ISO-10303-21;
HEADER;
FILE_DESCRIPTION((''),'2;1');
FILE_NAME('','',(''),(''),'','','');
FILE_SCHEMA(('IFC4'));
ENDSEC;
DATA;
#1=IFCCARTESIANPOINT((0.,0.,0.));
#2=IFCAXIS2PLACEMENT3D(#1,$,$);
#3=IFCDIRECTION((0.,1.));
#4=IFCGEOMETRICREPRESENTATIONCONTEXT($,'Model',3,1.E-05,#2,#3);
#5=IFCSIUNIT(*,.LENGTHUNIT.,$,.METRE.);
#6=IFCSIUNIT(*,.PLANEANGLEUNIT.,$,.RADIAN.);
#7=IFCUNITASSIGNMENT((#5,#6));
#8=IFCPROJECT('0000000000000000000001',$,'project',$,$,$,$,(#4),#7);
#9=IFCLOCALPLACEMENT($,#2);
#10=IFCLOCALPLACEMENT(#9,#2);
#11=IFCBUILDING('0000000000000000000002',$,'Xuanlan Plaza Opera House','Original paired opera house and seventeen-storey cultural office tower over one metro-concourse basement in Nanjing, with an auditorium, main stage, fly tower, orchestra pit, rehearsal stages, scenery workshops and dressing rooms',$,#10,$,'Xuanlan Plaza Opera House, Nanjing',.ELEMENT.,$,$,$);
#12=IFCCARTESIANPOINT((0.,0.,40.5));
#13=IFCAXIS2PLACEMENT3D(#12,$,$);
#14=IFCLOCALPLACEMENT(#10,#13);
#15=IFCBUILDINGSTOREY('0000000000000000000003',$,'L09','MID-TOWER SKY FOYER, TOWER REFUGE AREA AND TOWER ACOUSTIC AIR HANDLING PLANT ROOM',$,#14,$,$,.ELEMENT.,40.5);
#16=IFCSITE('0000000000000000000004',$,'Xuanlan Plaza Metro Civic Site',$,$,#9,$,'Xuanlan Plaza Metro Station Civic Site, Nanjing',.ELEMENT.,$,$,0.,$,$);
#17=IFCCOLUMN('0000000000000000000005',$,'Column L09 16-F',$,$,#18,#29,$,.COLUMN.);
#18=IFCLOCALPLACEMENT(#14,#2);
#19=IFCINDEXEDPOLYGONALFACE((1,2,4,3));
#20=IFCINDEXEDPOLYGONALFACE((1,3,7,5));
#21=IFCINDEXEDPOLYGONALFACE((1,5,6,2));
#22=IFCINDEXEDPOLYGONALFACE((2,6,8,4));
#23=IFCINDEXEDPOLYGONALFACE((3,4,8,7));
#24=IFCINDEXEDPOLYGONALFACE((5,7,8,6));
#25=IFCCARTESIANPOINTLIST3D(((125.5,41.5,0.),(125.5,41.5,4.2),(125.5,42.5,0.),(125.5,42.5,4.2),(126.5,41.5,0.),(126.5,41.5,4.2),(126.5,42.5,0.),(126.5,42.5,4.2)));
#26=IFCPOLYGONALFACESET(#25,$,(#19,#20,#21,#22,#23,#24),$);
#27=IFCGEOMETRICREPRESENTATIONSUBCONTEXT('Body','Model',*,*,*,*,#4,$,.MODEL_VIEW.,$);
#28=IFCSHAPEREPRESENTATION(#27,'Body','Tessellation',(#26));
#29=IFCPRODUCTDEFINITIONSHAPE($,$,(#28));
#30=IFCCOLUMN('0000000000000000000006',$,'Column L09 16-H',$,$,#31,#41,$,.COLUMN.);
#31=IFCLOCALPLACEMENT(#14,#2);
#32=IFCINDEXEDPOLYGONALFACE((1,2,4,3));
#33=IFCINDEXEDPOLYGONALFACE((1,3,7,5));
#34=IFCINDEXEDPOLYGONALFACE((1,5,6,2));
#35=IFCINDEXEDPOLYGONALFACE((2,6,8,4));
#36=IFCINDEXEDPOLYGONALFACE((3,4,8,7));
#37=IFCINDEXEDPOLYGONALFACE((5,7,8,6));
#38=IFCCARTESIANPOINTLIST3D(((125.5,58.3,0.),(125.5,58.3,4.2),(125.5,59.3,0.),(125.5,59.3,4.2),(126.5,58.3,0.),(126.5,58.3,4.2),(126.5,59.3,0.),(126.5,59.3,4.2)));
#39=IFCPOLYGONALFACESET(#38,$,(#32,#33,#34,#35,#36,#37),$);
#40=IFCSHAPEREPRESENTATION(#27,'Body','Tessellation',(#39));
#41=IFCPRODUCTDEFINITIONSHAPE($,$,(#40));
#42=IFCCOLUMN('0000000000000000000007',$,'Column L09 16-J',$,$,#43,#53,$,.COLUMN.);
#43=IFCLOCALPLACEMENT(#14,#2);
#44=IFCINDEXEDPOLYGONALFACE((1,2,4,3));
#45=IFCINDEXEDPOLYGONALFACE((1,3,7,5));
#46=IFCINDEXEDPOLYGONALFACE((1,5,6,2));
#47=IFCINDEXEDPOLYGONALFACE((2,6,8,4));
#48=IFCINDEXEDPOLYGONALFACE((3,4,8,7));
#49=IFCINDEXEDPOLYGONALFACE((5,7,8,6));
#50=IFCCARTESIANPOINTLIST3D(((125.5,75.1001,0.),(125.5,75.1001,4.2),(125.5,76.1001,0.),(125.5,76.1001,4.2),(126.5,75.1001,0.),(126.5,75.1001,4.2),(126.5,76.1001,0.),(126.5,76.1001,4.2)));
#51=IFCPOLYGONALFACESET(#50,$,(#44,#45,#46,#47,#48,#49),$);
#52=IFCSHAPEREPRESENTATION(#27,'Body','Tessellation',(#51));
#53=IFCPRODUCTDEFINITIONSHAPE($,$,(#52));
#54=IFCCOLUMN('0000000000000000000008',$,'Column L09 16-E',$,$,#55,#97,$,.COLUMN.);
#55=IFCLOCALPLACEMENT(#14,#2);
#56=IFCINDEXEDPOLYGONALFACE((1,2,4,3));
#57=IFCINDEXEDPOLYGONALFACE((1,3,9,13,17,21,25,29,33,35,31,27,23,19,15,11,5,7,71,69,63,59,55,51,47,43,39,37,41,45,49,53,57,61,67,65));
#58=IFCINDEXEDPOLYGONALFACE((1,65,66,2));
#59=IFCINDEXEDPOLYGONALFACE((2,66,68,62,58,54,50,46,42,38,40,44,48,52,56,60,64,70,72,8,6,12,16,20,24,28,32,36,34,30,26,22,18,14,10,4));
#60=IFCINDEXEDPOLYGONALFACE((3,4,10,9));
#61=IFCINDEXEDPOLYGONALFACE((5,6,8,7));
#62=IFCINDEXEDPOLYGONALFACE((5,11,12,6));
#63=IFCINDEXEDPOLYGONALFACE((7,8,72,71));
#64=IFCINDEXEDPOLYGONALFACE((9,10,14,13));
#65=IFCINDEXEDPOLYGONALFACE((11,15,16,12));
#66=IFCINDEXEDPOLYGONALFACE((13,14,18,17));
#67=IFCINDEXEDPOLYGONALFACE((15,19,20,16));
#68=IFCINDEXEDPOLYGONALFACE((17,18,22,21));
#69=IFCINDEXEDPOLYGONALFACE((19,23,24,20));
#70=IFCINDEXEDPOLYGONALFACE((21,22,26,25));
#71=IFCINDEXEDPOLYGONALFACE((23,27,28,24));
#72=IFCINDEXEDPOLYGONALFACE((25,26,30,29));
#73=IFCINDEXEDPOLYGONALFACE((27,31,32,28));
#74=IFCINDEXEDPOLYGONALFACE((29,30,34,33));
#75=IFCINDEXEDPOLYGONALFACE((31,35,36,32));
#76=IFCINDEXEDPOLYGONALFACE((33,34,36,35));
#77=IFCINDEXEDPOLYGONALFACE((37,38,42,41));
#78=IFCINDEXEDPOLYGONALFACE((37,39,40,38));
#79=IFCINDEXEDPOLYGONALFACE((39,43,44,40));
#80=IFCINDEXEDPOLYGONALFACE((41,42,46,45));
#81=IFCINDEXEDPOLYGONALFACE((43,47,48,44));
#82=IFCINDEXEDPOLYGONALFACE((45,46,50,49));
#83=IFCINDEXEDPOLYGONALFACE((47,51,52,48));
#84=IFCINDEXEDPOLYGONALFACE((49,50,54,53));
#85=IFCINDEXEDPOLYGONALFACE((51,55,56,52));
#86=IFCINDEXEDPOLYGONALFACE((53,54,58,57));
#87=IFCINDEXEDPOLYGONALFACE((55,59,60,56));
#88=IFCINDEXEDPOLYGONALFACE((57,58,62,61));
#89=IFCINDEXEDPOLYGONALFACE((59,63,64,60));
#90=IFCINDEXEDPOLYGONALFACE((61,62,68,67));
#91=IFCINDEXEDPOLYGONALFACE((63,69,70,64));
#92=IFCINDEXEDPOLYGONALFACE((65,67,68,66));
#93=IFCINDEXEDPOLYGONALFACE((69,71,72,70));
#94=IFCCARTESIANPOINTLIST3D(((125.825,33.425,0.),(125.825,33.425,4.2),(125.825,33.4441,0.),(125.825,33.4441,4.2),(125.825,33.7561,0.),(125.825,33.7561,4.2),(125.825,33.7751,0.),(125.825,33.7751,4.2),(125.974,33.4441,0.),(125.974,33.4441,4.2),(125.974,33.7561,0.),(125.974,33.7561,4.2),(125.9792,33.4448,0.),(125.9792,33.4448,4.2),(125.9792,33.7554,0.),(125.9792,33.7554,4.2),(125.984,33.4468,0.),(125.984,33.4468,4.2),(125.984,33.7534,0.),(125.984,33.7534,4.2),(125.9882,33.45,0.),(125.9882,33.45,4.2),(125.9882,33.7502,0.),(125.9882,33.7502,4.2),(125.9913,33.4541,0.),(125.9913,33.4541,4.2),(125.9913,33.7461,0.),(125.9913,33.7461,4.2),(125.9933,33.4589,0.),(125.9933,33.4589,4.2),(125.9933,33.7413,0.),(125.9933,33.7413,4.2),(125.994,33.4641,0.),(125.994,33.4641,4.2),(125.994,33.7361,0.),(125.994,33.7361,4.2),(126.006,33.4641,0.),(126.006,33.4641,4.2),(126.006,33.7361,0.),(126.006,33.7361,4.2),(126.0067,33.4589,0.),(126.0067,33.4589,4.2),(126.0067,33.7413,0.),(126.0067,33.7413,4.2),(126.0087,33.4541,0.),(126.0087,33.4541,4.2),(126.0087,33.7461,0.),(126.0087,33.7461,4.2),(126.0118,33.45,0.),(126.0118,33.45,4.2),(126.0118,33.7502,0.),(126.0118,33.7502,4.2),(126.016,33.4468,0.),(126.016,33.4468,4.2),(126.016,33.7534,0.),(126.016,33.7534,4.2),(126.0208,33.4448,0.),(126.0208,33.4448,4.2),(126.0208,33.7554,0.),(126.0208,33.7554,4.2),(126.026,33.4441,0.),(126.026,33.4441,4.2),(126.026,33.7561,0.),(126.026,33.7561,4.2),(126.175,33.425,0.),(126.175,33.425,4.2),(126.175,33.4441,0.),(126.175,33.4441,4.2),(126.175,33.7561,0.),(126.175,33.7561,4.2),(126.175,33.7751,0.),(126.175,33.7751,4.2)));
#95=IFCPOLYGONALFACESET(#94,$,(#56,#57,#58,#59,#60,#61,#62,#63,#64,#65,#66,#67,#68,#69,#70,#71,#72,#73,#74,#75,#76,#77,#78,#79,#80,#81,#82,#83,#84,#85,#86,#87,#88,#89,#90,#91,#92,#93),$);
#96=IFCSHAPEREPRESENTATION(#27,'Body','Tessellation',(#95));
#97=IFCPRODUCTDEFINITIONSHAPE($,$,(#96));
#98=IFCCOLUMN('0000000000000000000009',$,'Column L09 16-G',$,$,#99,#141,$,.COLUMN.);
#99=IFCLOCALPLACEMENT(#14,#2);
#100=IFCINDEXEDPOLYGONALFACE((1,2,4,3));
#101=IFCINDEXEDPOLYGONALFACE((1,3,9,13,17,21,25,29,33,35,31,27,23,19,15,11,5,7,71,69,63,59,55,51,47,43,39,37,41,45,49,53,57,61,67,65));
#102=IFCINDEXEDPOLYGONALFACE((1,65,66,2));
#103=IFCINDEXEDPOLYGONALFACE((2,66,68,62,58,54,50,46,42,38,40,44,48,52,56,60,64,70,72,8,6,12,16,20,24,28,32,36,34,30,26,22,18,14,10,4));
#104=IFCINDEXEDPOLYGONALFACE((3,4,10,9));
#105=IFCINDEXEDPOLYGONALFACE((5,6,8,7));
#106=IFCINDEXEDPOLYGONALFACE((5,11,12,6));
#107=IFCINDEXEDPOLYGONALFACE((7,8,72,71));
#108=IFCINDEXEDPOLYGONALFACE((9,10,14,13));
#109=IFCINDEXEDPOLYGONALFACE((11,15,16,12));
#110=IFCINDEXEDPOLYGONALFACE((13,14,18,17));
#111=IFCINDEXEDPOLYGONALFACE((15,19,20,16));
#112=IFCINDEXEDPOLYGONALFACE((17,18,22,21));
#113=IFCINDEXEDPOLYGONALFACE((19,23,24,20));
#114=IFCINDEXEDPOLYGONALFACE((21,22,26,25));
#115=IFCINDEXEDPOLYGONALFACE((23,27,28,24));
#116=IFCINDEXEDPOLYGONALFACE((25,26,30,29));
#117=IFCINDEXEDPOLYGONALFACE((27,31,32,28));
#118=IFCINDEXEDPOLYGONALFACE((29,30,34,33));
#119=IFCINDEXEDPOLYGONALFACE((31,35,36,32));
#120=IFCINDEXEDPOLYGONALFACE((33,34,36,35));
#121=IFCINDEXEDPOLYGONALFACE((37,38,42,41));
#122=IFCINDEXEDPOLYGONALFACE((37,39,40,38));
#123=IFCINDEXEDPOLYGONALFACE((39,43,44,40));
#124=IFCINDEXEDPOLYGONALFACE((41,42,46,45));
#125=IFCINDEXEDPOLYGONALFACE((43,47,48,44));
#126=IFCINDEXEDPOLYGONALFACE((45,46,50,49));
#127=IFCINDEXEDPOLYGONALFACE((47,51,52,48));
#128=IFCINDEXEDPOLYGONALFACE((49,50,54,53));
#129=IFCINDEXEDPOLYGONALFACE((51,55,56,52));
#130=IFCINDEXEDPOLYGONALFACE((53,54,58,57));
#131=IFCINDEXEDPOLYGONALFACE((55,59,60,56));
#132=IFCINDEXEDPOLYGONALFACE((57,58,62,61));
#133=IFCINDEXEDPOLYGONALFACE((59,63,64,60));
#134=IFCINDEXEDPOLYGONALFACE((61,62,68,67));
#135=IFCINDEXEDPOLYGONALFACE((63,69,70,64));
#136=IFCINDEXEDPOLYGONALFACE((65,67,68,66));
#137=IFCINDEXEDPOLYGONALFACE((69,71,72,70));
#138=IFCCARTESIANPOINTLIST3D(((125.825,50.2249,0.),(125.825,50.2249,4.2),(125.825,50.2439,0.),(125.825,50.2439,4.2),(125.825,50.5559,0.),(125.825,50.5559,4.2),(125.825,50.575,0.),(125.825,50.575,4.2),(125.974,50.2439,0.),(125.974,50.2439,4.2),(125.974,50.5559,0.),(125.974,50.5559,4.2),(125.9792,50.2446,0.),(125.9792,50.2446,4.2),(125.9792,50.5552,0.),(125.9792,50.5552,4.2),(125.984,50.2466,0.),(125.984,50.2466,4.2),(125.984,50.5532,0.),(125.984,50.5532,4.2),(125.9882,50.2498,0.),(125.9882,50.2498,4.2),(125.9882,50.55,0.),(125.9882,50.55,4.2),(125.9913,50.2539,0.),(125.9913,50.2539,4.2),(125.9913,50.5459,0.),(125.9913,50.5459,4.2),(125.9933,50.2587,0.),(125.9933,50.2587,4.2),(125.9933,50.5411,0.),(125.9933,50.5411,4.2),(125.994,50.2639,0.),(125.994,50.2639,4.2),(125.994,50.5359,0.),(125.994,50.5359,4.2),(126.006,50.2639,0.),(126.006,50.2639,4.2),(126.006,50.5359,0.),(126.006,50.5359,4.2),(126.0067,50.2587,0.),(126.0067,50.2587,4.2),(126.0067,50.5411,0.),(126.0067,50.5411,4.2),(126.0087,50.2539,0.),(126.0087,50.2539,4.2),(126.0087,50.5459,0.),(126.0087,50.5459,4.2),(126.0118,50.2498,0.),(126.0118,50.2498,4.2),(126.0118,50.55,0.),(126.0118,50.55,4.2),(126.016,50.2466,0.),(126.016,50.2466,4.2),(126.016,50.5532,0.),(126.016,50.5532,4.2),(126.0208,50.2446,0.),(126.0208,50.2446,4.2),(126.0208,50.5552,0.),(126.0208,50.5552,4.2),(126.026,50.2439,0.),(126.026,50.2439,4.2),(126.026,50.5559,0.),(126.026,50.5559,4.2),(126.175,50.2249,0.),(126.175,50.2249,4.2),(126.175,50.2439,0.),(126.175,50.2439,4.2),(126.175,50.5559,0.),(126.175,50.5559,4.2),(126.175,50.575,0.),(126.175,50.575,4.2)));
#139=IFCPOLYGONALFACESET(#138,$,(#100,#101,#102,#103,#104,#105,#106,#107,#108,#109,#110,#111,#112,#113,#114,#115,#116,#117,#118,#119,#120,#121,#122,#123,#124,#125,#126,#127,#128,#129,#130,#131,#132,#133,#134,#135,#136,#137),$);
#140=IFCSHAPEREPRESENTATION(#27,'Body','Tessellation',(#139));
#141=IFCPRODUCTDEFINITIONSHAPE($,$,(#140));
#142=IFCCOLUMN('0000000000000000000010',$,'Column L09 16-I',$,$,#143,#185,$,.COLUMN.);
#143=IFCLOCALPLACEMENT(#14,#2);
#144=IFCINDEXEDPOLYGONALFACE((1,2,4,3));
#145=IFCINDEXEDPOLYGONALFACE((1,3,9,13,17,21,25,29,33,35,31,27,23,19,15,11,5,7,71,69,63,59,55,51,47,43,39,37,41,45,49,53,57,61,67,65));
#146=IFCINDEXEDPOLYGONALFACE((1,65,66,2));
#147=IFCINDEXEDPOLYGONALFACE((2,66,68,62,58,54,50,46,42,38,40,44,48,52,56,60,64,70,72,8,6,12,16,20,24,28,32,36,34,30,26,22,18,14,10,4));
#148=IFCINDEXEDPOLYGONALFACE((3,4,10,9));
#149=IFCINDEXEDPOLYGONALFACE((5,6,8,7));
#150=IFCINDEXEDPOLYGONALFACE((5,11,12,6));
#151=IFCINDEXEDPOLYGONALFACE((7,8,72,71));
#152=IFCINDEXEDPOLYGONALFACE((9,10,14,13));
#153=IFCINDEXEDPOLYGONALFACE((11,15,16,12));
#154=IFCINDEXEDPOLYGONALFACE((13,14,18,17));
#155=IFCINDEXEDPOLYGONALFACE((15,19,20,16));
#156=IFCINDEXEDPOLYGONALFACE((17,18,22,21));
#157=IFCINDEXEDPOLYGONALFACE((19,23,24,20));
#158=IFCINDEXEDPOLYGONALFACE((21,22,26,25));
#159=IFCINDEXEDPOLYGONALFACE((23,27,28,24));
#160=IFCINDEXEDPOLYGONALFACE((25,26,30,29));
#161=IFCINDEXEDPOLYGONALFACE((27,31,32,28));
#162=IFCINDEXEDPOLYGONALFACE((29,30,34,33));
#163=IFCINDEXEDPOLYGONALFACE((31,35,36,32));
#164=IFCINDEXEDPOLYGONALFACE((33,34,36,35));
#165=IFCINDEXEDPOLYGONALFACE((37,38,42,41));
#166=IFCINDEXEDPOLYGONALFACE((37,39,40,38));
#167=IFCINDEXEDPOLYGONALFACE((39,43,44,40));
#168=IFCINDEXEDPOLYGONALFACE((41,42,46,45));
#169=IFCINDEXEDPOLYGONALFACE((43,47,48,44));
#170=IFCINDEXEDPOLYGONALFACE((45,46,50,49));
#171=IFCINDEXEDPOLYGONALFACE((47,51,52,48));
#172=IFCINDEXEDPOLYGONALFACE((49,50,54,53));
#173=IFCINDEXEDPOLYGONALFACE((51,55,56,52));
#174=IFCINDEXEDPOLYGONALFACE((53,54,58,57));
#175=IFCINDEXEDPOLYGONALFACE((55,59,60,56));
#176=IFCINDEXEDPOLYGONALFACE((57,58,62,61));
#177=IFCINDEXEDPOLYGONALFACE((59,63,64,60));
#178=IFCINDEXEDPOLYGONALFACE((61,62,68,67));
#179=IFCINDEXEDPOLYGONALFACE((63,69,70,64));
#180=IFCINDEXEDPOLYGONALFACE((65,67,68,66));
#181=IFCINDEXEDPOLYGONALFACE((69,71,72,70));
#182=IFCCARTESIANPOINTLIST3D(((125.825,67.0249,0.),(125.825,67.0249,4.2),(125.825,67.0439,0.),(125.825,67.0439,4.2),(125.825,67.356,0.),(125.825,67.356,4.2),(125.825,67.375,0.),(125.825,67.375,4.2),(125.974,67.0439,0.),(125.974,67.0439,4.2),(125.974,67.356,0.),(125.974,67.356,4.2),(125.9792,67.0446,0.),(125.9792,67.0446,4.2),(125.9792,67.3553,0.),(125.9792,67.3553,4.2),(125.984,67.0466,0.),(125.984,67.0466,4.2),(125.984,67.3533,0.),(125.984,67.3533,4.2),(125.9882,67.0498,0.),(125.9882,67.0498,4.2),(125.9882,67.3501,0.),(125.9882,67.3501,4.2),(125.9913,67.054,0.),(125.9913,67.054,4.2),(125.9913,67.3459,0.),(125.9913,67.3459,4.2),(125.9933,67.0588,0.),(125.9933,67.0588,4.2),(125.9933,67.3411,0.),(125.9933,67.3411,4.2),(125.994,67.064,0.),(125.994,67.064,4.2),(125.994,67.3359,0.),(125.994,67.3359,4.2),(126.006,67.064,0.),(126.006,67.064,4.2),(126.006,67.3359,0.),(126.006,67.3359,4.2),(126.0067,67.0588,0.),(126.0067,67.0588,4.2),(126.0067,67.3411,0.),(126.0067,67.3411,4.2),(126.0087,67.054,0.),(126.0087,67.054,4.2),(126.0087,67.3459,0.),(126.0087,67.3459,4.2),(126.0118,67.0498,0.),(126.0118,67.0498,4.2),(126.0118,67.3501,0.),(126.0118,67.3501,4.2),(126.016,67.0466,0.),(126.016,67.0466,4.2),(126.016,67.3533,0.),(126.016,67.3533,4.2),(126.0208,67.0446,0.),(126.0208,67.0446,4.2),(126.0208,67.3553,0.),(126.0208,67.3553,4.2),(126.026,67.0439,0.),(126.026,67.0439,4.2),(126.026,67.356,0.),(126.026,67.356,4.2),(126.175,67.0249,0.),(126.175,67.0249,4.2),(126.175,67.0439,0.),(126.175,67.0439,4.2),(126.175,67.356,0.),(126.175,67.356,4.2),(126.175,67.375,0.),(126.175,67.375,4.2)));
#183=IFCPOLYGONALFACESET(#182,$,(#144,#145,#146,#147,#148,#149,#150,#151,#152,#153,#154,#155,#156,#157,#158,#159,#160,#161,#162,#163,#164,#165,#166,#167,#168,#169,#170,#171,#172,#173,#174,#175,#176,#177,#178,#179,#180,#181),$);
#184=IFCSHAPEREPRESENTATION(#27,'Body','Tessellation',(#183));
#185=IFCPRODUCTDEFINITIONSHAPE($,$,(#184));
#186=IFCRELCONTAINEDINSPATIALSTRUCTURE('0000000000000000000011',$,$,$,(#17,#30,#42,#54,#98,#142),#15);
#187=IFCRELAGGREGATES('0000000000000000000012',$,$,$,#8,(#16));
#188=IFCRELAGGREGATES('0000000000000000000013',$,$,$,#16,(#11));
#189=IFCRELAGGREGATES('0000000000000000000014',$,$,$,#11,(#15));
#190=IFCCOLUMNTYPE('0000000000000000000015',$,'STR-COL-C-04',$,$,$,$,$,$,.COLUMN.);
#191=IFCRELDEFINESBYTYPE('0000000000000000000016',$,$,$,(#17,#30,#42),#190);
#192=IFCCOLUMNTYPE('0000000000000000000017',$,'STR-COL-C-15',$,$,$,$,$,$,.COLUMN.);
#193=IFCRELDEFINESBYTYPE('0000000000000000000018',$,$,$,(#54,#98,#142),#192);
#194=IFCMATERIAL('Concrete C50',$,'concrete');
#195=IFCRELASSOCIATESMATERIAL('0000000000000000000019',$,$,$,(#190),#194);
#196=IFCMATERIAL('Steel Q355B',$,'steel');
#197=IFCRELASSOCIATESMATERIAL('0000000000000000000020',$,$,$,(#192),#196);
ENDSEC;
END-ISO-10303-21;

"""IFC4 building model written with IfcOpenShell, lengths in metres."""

from ifc_helpers import new_model, si_unit, direction, frame, origin, origin_2d, place, context, subcontext, project, spatial, rectangle, i_section, extrude, material, material_profile, profile_set, type_object, element, save


model = new_model("IFC4")

# Units and contexts
model_context = context("Model", 3, precision=1e-05, world=origin(), true_north=direction((0.0, 1.0)))
body_context = subcontext(model_context, "Body", "Model", "MODEL_VIEW")
ifc_project = project(units=[si_unit("LENGTHUNIT", "METRE"), si_unit("PLANEANGLEUNIT", "RADIAN")], contexts=[model_context])

# Site, building, storey
site_placement = place(None, origin())
site = spatial("IfcSite", under=ifc_project, at=site_placement, Name="Xuanlan Plaza Metro Civic Site", LongName="Xuanlan Plaza Metro Station Civic Site, Nanjing", CompositionType="ELEMENT", RefElevation=0.0)
building_placement = place(site_placement, origin())
building = spatial("IfcBuilding", under=site, at=building_placement, Name="Xuanlan Plaza Opera House", Description="Original paired opera house and seventeen-storey cultural office tower over one metro-concourse basement in Nanjing, with an auditorium, main stage, fly tower, orchestra pit, rehearsal stages, scenery workshops and dressing rooms", LongName="Xuanlan Plaza Opera House, Nanjing", CompositionType="ELEMENT")
storey_placement = place(building_placement, frame((0.0, 0.0, 40.5)))
storey = spatial("IfcBuildingStorey", under=building, at=storey_placement, Name="L09", Description="MID-TOWER SKY FOYER, TOWER REFUGE AREA AND TOWER ACOUSTIC AIR HANDLING PLANT ROOM", CompositionType="ELEMENT", Elevation=40.5)

# Columns
ifc_material_1 = material(Name="Concrete C50", Category="concrete")
ifc_material_profile_1 = material_profile(ifc_material_1, rectangle(XDim=1.0, YDim=1.0, at=origin_2d()), Name="RC-COL 1000x1000")
ifc_profile_set_1 = profile_set([ifc_material_profile_1], Name="Concrete C50")
column_type_1 = type_object("IfcColumnType", Name="STR-COL-C-04", PredefinedType="COLUMN", material=ifc_profile_set_1)
for number, where, z_axis, x_axis, name in (
    (1, (126.0, 42.0, 0.0), (0.0, 0.0, 1.0), (1.0, 0.0, 0.0), "Column L09 16-F"),
    (2, (126.0, 58.8, 0.0), (0.0, 0.0, 1.0), (1.0, 0.0, 0.0), "Column L09 16-H"),
    (3, (126.0, 75.6001, 0.0), (0.0, 0.0, 1.0), (1.0, 0.0, 0.0), "Column L09 16-J"),
):
    element("IfcColumn", number, at=place(storey_placement, frame(where, z_axis=z_axis, x_axis=x_axis)), inside=storey, type_object=column_type_1, Name=name, PredefinedType="COLUMN", context=body_context, shape_type="SweptSolid", body=[
        extrude(rectangle(XDim=1.0, YDim=1.0, at=origin_2d()), origin(), (0.0, 0.0, 1.0), 4.2),
    ])
ifc_material_2 = material(Name="Steel Q355B", Category="steel")
ifc_material_profile_2 = material_profile(ifc_material_2, i_section(OverallWidth=0.3501, OverallDepth=0.3501, WebThickness=0.012, FlangeThickness=0.019, FilletRadius=0.02, at=origin_2d()), Name="HW 350x350x12x19")
ifc_profile_set_2 = profile_set([ifc_material_profile_2], Name="Steel Q355B")
column_type_2 = type_object("IfcColumnType", Name="STR-COL-C-15", PredefinedType="COLUMN", material=ifc_profile_set_2)
for number, where, z_axis, x_axis, name in (
    (4, (126.0, 33.6001, 0.0), (0.0, 0.0, 1.0), (1.0, 0.0, 0.0), "Column L09 16-E"),
    (5, (126.0, 50.3999, 0.0), (0.0, 0.0, 1.0), (1.0, 0.0, 0.0), "Column L09 16-G"),
    (6, (126.0, 67.2, 0.0), (0.0, 0.0, 1.0), (1.0, 0.0, 0.0), "Column L09 16-I"),
):
    element("IfcColumn", number, at=place(storey_placement, frame(where, z_axis=z_axis, x_axis=x_axis)), inside=storey, type_object=column_type_2, Name=name, PredefinedType="COLUMN", context=body_context, shape_type="SweptSolid", body=[
        extrude(i_section(OverallWidth=0.3501, OverallDepth=0.3501, WebThickness=0.012, FlangeThickness=0.019, FilletRadius=0.02, at=origin_2d()), origin(), (0.0, 0.0, 1.0), 4.2),
    ])

save(model, "model.ifc")
